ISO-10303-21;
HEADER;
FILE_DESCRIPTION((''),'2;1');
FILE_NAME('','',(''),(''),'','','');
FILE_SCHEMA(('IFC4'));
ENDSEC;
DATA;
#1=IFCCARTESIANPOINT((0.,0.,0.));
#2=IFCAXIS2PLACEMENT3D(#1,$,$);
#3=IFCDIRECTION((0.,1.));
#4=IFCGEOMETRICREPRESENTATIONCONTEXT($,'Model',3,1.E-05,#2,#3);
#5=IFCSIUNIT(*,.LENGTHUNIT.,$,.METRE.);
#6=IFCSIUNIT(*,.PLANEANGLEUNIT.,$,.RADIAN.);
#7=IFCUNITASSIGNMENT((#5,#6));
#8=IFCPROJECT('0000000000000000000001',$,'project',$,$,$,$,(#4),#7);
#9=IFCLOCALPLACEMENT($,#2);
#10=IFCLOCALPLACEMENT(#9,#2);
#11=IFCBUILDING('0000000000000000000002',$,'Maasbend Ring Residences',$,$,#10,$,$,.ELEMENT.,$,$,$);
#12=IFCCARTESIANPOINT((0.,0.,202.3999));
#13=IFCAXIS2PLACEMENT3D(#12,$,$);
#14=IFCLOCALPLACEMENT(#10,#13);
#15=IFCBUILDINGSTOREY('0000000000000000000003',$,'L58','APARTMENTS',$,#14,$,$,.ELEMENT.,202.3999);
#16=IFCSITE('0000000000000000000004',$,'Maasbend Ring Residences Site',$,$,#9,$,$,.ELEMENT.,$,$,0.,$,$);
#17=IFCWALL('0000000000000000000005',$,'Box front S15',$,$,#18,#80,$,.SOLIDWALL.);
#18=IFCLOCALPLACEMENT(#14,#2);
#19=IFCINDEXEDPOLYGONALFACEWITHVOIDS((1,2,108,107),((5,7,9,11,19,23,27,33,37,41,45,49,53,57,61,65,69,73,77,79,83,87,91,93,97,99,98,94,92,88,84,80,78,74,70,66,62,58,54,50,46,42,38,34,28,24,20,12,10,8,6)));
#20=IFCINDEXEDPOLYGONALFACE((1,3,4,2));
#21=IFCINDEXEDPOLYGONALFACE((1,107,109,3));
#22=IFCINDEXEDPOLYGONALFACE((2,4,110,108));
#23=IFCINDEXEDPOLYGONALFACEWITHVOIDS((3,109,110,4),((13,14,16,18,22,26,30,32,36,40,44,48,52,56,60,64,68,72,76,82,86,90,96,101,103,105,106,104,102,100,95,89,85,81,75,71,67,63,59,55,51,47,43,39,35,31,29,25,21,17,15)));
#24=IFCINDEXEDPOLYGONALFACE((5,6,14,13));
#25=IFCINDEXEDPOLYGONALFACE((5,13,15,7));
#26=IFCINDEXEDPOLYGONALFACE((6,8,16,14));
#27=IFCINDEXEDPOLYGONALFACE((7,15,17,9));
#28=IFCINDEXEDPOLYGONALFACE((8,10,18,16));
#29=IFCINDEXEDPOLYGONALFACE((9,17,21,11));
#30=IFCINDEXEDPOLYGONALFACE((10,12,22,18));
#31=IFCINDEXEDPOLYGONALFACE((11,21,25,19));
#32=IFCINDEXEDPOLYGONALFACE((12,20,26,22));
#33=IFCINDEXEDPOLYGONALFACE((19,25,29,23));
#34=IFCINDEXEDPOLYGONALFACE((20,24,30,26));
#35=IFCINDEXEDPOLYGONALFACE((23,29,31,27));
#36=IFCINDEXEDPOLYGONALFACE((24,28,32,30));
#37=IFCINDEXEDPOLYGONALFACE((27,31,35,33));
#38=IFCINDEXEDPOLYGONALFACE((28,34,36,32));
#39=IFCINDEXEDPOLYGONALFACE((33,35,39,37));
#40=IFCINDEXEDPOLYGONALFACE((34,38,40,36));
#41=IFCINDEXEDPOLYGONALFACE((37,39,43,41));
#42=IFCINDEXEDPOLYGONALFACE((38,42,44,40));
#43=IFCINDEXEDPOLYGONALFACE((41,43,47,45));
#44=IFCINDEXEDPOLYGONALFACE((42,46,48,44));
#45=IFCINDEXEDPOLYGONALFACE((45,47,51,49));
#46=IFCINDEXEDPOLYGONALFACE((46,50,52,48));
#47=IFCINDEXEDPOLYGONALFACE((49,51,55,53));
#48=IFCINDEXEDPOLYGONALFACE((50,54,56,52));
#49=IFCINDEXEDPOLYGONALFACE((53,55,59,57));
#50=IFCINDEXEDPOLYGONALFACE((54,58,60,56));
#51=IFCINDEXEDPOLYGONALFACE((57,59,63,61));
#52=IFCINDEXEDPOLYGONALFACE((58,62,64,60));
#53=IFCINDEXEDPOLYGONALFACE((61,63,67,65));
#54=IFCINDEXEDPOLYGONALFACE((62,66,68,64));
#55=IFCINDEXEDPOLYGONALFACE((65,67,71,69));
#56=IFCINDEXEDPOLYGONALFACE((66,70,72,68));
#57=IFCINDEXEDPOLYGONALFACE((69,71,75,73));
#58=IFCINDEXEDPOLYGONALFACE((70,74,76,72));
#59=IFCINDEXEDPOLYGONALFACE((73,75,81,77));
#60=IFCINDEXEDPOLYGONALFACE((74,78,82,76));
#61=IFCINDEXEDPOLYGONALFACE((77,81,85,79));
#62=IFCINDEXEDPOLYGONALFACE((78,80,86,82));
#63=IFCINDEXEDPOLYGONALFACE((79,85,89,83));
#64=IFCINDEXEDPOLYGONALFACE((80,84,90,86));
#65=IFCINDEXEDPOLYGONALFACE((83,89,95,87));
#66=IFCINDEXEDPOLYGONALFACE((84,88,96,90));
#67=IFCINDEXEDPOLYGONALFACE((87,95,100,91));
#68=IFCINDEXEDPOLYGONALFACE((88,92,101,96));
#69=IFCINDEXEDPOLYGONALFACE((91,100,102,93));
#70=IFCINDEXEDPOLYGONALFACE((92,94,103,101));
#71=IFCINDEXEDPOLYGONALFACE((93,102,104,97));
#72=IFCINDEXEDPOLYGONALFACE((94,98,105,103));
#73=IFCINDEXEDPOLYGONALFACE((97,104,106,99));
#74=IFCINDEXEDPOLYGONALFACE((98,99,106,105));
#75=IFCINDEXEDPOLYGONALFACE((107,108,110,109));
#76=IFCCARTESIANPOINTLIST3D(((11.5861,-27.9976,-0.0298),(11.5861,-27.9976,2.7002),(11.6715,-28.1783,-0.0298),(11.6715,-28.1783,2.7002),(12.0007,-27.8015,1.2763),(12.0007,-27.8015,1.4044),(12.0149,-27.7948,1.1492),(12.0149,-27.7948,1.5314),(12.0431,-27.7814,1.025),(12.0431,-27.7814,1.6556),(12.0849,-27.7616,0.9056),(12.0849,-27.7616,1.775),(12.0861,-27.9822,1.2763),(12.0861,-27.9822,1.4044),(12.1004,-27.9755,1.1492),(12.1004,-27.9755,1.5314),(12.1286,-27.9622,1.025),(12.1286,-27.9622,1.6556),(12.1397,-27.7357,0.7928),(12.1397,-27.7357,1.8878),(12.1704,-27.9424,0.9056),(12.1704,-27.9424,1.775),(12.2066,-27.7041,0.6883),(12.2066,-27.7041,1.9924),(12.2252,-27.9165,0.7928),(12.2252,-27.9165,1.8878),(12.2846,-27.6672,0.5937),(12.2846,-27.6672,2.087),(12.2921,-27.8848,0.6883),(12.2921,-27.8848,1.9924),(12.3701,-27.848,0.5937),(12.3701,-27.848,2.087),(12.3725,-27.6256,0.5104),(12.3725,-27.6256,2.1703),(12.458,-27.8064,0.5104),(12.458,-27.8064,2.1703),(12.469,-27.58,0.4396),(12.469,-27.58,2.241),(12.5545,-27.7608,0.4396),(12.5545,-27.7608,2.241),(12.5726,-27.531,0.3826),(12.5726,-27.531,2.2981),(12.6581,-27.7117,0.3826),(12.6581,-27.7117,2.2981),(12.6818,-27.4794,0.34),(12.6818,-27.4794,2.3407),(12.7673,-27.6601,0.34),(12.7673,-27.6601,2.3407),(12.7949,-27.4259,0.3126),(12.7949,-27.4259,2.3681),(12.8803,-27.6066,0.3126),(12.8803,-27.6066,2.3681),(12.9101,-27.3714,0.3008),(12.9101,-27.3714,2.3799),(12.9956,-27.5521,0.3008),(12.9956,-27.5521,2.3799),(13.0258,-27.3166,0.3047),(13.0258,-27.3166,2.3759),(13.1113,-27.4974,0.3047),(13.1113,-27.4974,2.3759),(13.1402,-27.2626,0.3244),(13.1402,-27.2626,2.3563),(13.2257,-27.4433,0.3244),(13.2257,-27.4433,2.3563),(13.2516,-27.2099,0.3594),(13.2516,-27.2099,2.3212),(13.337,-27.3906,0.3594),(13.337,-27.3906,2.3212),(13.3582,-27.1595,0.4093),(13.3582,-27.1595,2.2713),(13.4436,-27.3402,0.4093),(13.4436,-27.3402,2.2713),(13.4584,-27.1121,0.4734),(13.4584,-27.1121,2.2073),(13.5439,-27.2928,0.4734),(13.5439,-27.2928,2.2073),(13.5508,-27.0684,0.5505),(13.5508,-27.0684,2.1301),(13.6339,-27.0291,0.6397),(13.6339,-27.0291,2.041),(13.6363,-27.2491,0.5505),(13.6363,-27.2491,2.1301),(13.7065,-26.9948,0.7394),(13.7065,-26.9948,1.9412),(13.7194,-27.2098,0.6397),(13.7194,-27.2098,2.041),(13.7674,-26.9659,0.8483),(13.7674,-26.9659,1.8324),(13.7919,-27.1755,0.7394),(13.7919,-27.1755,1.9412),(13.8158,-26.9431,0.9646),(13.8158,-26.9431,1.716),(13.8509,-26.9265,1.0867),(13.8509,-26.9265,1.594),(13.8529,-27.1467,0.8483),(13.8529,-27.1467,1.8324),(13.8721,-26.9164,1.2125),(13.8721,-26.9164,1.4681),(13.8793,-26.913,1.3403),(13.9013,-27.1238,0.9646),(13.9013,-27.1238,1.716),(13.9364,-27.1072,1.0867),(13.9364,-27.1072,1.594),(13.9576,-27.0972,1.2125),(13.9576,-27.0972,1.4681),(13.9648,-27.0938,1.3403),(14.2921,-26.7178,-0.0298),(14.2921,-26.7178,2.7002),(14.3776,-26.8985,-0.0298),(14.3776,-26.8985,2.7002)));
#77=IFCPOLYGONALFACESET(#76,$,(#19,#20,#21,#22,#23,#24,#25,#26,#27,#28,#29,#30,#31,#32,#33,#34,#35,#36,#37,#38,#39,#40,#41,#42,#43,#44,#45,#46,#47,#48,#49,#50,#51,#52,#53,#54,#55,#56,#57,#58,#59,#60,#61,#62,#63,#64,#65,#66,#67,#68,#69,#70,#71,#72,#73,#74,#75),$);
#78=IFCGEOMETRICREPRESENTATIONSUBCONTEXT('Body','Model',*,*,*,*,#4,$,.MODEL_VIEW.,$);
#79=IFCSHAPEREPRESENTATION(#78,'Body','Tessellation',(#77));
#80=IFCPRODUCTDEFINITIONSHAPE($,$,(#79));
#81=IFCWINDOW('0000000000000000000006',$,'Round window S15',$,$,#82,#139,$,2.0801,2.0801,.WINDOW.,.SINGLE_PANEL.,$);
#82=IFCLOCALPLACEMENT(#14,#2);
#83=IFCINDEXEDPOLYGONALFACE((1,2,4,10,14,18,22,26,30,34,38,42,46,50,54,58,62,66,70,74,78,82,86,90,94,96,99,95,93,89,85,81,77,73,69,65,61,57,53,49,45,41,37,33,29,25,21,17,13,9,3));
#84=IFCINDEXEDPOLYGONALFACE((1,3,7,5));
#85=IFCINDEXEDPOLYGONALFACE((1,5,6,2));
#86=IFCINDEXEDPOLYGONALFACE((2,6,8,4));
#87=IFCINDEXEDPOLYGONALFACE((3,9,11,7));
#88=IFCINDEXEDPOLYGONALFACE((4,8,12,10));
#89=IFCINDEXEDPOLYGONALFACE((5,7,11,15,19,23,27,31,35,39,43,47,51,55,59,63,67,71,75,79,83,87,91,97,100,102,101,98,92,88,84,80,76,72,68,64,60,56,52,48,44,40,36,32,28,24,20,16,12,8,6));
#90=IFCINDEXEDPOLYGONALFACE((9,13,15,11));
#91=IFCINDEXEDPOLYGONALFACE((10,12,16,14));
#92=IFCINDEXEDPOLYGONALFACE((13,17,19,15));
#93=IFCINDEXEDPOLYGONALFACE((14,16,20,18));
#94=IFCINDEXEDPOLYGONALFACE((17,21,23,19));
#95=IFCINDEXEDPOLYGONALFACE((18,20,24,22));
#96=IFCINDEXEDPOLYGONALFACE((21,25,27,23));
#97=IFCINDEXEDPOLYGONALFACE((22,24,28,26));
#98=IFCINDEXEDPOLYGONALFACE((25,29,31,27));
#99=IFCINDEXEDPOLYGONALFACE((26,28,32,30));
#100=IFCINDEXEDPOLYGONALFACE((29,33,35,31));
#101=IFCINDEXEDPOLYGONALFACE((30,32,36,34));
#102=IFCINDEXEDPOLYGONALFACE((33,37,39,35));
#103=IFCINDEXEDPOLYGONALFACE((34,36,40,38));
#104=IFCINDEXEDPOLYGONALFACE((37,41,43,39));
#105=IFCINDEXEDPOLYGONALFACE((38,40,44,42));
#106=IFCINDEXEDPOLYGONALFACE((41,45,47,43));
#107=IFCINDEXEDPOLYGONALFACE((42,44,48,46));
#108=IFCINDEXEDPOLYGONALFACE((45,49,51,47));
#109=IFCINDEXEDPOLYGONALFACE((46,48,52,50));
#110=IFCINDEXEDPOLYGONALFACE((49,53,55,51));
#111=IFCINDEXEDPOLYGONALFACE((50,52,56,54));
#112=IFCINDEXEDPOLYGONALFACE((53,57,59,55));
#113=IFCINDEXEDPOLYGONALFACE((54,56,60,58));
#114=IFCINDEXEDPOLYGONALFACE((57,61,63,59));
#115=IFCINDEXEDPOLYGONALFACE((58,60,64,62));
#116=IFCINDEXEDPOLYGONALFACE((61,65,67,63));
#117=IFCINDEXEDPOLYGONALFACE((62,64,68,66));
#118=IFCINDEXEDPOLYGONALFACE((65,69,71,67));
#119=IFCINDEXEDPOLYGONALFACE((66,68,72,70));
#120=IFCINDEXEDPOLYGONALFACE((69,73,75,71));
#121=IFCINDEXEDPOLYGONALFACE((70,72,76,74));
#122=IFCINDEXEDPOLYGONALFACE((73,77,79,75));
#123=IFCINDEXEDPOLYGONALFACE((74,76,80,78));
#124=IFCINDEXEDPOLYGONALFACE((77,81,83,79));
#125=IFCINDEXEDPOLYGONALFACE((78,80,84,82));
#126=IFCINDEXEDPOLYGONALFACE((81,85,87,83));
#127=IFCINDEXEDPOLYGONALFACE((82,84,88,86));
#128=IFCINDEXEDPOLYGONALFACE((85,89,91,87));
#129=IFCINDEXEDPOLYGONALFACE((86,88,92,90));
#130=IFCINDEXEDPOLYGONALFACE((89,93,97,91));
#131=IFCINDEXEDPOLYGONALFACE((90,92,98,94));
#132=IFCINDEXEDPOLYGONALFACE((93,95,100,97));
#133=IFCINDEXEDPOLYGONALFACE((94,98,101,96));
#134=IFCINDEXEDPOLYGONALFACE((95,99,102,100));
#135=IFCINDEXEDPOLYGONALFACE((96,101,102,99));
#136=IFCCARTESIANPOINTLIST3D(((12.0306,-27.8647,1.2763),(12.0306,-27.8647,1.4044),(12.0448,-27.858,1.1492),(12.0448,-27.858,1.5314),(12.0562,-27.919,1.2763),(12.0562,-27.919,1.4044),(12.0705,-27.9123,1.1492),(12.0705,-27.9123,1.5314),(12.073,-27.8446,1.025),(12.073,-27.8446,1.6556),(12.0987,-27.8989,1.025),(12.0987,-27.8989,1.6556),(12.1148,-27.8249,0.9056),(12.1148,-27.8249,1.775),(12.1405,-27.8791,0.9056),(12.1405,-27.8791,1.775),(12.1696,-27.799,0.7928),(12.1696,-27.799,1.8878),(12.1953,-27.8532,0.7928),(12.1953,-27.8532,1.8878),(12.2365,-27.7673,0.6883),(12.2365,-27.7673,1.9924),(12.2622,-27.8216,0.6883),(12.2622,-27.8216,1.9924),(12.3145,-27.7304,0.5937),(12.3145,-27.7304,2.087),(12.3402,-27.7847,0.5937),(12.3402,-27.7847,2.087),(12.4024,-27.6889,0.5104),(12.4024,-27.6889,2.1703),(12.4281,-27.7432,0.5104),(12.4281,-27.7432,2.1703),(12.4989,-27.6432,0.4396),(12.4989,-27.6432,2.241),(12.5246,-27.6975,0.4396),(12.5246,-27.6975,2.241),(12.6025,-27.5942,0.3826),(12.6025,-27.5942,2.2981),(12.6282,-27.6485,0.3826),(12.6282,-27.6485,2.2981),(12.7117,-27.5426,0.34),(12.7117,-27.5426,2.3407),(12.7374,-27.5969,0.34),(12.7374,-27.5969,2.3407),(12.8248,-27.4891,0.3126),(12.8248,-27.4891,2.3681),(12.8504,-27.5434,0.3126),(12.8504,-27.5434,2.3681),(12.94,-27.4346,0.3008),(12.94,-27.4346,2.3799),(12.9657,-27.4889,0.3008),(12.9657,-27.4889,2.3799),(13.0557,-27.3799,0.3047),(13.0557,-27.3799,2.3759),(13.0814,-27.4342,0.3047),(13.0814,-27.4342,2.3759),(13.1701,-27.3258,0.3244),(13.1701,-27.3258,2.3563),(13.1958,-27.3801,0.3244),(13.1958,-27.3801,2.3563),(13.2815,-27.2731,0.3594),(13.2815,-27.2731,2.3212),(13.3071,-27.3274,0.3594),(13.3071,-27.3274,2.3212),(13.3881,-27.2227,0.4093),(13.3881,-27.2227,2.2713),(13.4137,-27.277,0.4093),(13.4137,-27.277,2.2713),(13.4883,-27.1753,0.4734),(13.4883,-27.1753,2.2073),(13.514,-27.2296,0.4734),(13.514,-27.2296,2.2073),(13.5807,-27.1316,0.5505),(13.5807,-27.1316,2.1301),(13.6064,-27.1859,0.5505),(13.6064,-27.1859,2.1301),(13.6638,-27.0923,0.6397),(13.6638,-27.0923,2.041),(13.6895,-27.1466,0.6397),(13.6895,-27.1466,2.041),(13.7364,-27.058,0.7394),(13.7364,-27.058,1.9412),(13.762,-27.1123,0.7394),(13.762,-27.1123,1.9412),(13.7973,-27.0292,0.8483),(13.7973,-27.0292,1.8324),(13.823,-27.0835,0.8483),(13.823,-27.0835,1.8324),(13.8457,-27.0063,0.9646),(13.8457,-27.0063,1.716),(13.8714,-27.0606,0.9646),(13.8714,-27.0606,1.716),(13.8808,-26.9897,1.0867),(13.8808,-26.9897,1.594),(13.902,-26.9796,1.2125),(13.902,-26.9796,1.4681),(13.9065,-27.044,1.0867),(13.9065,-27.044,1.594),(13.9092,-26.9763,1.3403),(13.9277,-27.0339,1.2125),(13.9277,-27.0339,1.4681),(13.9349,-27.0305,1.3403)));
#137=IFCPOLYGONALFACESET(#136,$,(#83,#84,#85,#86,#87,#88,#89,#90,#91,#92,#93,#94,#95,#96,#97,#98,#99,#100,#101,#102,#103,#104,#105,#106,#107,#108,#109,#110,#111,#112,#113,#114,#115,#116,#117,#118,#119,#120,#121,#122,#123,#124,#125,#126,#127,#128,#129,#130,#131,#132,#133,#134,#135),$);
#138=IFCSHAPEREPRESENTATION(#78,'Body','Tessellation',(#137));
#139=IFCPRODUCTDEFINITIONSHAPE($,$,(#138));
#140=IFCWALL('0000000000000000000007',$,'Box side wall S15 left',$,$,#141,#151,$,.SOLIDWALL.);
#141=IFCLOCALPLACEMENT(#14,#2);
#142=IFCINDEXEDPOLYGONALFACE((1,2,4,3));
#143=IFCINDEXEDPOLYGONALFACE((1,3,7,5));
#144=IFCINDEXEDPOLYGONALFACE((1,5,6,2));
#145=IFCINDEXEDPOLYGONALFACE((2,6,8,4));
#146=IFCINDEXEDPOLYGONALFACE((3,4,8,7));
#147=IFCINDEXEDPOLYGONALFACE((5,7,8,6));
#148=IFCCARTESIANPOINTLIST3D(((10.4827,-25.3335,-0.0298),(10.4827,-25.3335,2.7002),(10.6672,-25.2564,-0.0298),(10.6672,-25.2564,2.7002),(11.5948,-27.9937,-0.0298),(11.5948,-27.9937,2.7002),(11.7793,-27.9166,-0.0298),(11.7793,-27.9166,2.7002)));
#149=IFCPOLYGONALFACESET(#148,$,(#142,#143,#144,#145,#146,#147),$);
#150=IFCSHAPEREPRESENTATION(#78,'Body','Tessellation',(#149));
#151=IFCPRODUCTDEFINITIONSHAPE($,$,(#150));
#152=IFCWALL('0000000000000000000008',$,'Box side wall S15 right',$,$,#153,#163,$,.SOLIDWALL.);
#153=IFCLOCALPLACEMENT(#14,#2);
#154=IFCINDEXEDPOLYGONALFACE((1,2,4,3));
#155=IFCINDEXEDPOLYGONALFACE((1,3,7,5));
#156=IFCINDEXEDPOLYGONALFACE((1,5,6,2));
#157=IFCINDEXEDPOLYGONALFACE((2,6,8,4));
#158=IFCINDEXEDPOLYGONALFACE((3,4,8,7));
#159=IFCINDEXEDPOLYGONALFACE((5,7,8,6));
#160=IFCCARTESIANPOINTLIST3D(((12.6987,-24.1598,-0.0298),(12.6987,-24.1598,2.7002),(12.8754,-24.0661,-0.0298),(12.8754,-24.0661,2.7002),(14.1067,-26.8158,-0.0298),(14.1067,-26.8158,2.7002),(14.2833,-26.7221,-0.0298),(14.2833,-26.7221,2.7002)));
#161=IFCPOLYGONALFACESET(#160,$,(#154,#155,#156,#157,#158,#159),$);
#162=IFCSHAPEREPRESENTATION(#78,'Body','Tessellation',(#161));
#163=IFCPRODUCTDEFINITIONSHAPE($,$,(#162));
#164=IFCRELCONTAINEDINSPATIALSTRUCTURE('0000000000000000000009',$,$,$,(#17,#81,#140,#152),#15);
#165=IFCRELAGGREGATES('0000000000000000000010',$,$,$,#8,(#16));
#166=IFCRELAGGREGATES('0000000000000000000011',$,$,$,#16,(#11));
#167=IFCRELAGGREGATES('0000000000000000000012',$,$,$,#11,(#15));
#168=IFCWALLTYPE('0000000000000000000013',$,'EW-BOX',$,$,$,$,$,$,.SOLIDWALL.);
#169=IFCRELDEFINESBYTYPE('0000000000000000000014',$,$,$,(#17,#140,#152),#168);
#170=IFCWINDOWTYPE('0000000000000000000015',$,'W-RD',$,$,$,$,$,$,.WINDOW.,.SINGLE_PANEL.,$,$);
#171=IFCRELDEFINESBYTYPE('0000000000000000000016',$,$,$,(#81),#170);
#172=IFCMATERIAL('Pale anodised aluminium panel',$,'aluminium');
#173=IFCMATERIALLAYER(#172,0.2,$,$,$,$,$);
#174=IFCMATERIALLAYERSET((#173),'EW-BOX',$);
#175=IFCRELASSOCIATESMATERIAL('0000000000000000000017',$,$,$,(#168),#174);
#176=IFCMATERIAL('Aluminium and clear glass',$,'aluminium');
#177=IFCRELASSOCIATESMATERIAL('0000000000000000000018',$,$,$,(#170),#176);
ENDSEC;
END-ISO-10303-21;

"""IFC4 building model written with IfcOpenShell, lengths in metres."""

from ifc_helpers import new_model, si_unit, direction, frame, frame_2d, origin, place, context, subcontext, project, spatial, rectangle, circle, extrude, material, layer, layer_set, type_object, element, fill, save


model = new_model("IFC4")

# Units and contexts
model_context = context("Model", 3, precision=1e-05, world=origin(), true_north=direction((0.0, 1.0)))
body_context = subcontext(model_context, "Body", "Model", "MODEL_VIEW")
ifc_project = project(units=[si_unit("LENGTHUNIT", "METRE"), si_unit("PLANEANGLEUNIT", "RADIAN")], contexts=[model_context])

# Site, building, storey
site_placement = place(None, origin())
site = spatial("IfcSite", under=ifc_project, at=site_placement, Name="Maasbend Ring Residences Site", CompositionType="ELEMENT", RefElevation=0.0)
building_placement = place(site_placement, origin())
building = spatial("IfcBuilding", under=site, at=building_placement, Name="Maasbend Ring Residences", CompositionType="ELEMENT")
storey_placement = place(building_placement, frame((0.0, 0.0, 202.3999)))
storey = spatial("IfcBuildingStorey", under=building, at=storey_placement, Name="L58", Description="APARTMENTS", CompositionType="ELEMENT", Elevation=202.3999)

# Wall, opening, window
ifc_material_1 = material(Name="Pale anodised aluminium panel", Category="aluminium")
ifc_layer_1 = layer(ifc_material_1, 0.2)
ifc_layer_set_1 = layer_set([ifc_layer_1], Name="EW-BOX")
wall_type_1 = type_object("IfcWallType", Name="EW-BOX", PredefinedType="SOLIDWALL", material=ifc_layer_set_1)
wall_1_placement = place(storey_placement, frame((11.6289, -28.0879, -0.0298), z_axis=(0.0, 0.0, 1.0), x_axis=(0.904, 0.427532, 0.0)))
wall_1 = element("IfcWall", 1, at=wall_1_placement, inside=storey, type_object=wall_type_1, Name="Box front S15", PredefinedType="SOLIDWALL", context=body_context, shape_type="SweptSolid", body=[
    extrude(rectangle(XDim=2.9934, YDim=0.2, at=frame_2d((1.4966, 0.0))), origin(), (0.0, 0.0, 1.0), 2.73),
])
opening_1_placement = place(wall_1_placement, frame((0.4565, 0.0, 0.3301)))
opening_1 = element("IfcOpeningElement", 2, at=opening_1_placement, cuts=wall_1, PredefinedType="OPENING", context=body_context, shape_type="SweptSolid", body=[
    extrude(circle(Radius=1.04, at=frame_2d((1.04, 1.04))), frame((0.0, 0.1099, 0.0), z_axis=(0.0, -1.0, 0.0), x_axis=(1.0, 0.0, 0.0)), (0.0, 0.0, 1.0), 0.22),
])
ifc_material_2 = material(Name="Aluminium and clear glass", Category="aluminium")
window_type_1 = type_object("IfcWindowType", Name="W-RD", PartitioningType="SINGLE_PANEL", PredefinedType="WINDOW", material=ifc_material_2)
window_1_placement = place(opening_1_placement, origin())
window_1 = element("IfcWindow", 3, at=window_1_placement, inside=storey, type_object=window_type_1, Name="Round window S15", OverallHeight=2.0801, OverallWidth=2.0801, PartitioningType="SINGLE_PANEL", PredefinedType="WINDOW", context=body_context, shape_type="SweptSolid", body=[
    extrude(circle(Radius=1.04, at=frame_2d((1.04, 1.04))), frame((0.0, 0.03, 0.0), z_axis=(0.0, -1.0, 0.0), x_axis=(1.0, 0.0, 0.0)), (0.0, 0.0, 1.0), 0.0601),
])
fill(opening_1, window_1)

# Walls
wall_2_placement = place(storey_placement, frame((10.575, -25.2949, -0.0298), z_axis=(0.0, 0.0, 1.0), x_axis=(0.385697, -0.922625, 0.0)))
element("IfcWall", 4, at=wall_2_placement, inside=storey, type_object=wall_type_1, Name="Box side wall S15 left", PredefinedType="SOLIDWALL", context=body_context, shape_type="SweptSolid", body=[
    extrude(rectangle(XDim=2.8833, YDim=0.2, at=frame_2d((1.4417, 0.0))), origin(), (0.0, 0.0, 1.0), 2.73),
])
wall_3_placement = place(storey_placement, frame((12.7871, -24.113, -0.0298), z_axis=(0.0, 0.0, 1.0), x_axis=(0.468365, -0.883535, 0.0)))
element("IfcWall", 5, at=wall_3_placement, inside=storey, type_object=wall_type_1, Name="Box side wall S15 right", PredefinedType="SOLIDWALL", context=body_context, shape_type="SweptSolid", body=[
    extrude(rectangle(XDim=3.0061, YDim=0.2, at=frame_2d((1.5029, 0.0))), origin(), (0.0, 0.0, 1.0), 2.73),
])

save(model, "model.ifc")
